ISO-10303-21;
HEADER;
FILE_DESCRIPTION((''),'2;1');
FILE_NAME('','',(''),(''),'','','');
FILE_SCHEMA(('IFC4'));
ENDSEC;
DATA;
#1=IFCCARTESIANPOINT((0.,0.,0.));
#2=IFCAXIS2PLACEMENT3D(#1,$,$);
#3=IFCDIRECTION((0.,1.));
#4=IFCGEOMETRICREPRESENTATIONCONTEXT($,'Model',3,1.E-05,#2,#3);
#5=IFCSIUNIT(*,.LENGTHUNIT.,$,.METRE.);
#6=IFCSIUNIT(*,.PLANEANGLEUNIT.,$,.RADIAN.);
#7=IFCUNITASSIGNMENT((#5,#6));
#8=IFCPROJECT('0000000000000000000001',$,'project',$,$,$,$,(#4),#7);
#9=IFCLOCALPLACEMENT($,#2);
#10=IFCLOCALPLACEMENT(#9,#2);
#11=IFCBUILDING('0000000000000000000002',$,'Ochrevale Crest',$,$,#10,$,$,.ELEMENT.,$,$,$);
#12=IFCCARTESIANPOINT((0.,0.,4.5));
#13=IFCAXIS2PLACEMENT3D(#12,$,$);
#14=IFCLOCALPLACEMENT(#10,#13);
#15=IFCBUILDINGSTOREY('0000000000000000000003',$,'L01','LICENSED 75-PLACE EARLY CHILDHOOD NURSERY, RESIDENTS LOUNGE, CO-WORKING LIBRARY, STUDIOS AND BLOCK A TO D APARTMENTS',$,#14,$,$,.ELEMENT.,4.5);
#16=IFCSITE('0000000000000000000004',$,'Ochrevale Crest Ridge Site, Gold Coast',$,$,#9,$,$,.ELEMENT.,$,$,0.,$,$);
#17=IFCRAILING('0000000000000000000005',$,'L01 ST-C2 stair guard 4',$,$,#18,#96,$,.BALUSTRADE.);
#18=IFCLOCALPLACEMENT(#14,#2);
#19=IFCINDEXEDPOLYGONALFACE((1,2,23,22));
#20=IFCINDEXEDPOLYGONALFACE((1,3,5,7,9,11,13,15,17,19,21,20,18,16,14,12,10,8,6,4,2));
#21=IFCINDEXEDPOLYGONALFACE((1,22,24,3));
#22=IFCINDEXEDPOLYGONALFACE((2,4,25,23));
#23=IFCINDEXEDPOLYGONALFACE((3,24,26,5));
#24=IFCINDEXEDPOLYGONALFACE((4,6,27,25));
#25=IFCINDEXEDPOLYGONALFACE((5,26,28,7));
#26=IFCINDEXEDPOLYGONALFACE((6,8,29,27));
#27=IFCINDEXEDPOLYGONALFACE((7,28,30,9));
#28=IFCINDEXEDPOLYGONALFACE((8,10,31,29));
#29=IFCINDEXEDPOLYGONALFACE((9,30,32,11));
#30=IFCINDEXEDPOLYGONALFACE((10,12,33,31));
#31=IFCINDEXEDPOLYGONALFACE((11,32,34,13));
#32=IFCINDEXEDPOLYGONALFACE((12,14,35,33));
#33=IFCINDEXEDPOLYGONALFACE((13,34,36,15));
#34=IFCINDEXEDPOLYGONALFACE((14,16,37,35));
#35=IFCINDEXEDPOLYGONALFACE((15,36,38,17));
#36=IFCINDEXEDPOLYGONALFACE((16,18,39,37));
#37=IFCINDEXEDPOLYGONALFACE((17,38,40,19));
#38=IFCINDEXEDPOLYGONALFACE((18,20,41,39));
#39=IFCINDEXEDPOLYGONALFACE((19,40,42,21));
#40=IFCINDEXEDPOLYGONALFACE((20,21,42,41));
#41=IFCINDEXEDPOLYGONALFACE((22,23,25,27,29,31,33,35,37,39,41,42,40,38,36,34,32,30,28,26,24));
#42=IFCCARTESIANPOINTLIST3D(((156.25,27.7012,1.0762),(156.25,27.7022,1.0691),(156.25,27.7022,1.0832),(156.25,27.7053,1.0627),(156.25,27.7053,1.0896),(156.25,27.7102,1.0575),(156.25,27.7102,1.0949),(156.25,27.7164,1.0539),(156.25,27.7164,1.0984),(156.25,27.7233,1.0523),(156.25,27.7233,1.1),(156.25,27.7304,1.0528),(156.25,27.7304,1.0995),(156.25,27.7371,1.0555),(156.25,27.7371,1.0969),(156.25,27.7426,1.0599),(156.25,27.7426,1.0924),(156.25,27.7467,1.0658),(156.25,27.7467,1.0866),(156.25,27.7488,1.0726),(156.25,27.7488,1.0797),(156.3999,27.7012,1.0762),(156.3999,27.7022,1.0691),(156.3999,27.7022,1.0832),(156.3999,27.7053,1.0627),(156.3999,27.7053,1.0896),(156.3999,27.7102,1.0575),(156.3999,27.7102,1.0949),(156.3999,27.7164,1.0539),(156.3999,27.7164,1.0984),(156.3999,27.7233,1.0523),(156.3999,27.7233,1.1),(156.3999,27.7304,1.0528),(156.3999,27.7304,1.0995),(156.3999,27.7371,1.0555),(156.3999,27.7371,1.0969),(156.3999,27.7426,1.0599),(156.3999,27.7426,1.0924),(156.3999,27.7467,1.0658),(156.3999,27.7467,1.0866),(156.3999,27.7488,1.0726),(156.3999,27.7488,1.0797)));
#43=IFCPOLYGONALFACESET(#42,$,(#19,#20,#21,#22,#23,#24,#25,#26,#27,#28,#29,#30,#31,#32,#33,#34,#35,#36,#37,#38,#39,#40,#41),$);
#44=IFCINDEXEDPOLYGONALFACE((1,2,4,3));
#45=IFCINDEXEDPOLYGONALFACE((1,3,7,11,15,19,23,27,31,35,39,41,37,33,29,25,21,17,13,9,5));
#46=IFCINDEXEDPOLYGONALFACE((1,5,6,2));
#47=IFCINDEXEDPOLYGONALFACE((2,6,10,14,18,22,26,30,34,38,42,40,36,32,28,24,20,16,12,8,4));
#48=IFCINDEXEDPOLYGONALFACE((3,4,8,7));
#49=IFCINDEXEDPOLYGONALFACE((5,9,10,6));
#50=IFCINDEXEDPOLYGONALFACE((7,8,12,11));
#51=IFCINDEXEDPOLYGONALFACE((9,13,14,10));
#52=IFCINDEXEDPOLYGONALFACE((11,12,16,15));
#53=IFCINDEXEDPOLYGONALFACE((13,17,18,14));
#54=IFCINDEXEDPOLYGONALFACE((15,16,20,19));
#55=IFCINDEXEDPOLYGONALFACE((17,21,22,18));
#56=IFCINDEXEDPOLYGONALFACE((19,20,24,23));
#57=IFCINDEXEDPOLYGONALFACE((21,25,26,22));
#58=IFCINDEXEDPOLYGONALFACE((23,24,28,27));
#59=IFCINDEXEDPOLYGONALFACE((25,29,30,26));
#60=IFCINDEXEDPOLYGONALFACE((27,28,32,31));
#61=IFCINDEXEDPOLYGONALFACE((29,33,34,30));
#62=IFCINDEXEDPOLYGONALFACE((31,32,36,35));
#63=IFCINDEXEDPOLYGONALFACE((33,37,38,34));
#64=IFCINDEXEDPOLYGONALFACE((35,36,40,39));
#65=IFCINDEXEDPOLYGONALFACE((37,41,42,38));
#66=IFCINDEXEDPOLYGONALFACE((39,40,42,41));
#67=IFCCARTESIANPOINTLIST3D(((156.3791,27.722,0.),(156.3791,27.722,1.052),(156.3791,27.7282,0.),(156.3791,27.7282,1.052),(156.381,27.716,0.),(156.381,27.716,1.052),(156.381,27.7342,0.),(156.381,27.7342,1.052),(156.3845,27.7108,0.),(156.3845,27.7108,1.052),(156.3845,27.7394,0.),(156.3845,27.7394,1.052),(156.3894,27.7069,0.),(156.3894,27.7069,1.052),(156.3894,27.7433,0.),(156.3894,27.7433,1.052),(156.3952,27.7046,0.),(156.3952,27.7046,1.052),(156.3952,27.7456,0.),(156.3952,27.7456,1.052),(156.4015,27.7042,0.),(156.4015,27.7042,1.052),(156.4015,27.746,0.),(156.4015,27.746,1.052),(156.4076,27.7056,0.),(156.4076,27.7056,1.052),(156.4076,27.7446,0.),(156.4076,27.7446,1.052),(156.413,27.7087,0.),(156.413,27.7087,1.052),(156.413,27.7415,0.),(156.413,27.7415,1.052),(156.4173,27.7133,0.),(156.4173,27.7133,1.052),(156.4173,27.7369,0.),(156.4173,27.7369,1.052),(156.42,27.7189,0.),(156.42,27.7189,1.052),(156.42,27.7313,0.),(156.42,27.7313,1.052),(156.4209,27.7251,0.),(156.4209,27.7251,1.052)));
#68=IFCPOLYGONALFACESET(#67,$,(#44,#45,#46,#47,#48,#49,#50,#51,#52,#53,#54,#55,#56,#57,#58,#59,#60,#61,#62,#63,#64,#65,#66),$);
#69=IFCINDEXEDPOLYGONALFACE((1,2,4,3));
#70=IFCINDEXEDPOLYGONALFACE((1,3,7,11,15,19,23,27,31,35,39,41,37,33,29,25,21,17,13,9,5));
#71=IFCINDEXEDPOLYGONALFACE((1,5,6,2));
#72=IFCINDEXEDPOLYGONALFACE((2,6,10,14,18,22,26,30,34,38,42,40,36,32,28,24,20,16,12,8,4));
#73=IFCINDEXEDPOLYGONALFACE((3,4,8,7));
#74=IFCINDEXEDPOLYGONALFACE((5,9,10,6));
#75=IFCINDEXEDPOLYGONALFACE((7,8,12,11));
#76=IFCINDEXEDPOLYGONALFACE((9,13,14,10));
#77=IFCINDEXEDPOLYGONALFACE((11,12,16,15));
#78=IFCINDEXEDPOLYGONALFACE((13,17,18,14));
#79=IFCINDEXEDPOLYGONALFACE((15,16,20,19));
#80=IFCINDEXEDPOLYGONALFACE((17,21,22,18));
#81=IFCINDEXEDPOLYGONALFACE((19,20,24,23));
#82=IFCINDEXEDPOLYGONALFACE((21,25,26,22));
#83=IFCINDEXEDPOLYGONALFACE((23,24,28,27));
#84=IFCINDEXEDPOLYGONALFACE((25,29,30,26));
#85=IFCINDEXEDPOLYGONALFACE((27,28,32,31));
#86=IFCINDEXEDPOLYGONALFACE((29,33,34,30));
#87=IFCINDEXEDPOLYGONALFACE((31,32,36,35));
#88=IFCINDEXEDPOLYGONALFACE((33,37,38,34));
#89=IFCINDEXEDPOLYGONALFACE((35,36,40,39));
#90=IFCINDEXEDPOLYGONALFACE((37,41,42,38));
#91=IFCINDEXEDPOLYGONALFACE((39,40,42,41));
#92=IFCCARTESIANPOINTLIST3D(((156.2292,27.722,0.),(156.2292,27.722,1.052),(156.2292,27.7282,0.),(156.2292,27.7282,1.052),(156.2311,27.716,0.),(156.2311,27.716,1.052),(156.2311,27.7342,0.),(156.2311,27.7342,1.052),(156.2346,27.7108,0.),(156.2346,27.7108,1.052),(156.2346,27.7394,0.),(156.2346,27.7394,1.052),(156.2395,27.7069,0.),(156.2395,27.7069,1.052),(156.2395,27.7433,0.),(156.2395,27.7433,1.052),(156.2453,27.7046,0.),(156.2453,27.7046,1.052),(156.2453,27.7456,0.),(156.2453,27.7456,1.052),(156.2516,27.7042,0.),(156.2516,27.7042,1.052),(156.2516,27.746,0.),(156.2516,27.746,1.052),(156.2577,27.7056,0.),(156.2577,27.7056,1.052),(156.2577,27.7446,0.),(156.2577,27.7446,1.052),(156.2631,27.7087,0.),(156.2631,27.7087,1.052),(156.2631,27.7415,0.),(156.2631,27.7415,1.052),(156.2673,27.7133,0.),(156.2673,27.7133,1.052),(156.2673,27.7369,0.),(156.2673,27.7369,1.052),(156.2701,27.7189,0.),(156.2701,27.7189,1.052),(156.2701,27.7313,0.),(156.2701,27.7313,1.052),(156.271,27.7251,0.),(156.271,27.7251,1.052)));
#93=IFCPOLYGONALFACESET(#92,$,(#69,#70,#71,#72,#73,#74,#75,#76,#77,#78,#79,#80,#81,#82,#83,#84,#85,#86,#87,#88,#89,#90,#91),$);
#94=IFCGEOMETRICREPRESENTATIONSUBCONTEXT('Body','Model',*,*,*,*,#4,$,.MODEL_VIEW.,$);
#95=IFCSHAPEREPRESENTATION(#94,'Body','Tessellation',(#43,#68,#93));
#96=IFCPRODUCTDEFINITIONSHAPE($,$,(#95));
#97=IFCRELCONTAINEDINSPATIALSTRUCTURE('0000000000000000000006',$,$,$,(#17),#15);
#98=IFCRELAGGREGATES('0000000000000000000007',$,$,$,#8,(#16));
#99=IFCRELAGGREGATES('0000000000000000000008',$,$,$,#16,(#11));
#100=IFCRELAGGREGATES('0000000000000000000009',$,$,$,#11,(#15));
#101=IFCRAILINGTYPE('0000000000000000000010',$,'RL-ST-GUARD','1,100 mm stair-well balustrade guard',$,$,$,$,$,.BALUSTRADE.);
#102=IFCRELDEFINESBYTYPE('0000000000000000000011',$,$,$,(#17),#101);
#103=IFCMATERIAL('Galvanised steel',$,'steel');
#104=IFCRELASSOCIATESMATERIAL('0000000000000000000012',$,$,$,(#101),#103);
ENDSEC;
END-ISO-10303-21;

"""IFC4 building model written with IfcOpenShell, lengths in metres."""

from ifc_helpers import new_model, si_unit, direction, frame, origin, origin_2d, place, context, subcontext, project, spatial, circle, extrude, material, type_object, element, save


model = new_model("IFC4")

# Units and contexts
model_context = context("Model", 3, precision=1e-05, world=origin(), true_north=direction((0.0, 1.0)))
body_context = subcontext(model_context, "Body", "Model", "MODEL_VIEW")
ifc_project = project(units=[si_unit("LENGTHUNIT", "METRE"), si_unit("PLANEANGLEUNIT", "RADIAN")], contexts=[model_context])

# Site, building, storey
site_placement = place(None, origin())
site = spatial("IfcSite", under=ifc_project, at=site_placement, Name="Ochrevale Crest Ridge Site, Gold Coast", CompositionType="ELEMENT", RefElevation=0.0)
building_placement = place(site_placement, origin())
building = spatial("IfcBuilding", under=site, at=building_placement, Name="Ochrevale Crest", CompositionType="ELEMENT")
storey_placement = place(building_placement, frame((0.0, 0.0, 4.5)))
storey = spatial("IfcBuildingStorey", under=building, at=storey_placement, Name="L01", Description="LICENSED 75-PLACE EARLY CHILDHOOD NURSERY, RESIDENTS LOUNGE, CO-WORKING LIBRARY, STUDIOS AND BLOCK A TO D APARTMENTS", CompositionType="ELEMENT", Elevation=4.5)

# Railing
ifc_material_1 = material(Name="Galvanised steel", Category="steel")
railing_type_1 = type_object("IfcRailingType", Name="RL-ST-GUARD", Description="1,100 mm stair-well balustrade guard", PredefinedType="BALUSTRADE", material=ifc_material_1)
railing_1_placement = place(storey_placement, frame((156.3999, 27.7251, 0.0)))
element("IfcRailing", 1, at=railing_1_placement, inside=storey, type_object=railing_type_1, Name="L01 ST-C2 stair guard 4", PredefinedType="BALUSTRADE", context=body_context, shape_type="SweptSolid", body=[
    extrude(circle(Radius=0.0239, at=origin_2d()), frame((0.0, 0.0, 1.0762), z_axis=(-1.0, 0.0, 0.0), x_axis=(0.0, -1.0, 0.0)), (0.0, 0.0, 1.0), 0.1499),
    extrude(circle(Radius=0.021, at=origin_2d()), origin(), (0.0, 0.0, 1.0), 1.052),
    extrude(circle(Radius=0.021, at=origin_2d()), frame((-0.1499, 0.0, 0.0)), (0.0, 0.0, 1.0), 1.052),
])

save(model, "model.ifc")
